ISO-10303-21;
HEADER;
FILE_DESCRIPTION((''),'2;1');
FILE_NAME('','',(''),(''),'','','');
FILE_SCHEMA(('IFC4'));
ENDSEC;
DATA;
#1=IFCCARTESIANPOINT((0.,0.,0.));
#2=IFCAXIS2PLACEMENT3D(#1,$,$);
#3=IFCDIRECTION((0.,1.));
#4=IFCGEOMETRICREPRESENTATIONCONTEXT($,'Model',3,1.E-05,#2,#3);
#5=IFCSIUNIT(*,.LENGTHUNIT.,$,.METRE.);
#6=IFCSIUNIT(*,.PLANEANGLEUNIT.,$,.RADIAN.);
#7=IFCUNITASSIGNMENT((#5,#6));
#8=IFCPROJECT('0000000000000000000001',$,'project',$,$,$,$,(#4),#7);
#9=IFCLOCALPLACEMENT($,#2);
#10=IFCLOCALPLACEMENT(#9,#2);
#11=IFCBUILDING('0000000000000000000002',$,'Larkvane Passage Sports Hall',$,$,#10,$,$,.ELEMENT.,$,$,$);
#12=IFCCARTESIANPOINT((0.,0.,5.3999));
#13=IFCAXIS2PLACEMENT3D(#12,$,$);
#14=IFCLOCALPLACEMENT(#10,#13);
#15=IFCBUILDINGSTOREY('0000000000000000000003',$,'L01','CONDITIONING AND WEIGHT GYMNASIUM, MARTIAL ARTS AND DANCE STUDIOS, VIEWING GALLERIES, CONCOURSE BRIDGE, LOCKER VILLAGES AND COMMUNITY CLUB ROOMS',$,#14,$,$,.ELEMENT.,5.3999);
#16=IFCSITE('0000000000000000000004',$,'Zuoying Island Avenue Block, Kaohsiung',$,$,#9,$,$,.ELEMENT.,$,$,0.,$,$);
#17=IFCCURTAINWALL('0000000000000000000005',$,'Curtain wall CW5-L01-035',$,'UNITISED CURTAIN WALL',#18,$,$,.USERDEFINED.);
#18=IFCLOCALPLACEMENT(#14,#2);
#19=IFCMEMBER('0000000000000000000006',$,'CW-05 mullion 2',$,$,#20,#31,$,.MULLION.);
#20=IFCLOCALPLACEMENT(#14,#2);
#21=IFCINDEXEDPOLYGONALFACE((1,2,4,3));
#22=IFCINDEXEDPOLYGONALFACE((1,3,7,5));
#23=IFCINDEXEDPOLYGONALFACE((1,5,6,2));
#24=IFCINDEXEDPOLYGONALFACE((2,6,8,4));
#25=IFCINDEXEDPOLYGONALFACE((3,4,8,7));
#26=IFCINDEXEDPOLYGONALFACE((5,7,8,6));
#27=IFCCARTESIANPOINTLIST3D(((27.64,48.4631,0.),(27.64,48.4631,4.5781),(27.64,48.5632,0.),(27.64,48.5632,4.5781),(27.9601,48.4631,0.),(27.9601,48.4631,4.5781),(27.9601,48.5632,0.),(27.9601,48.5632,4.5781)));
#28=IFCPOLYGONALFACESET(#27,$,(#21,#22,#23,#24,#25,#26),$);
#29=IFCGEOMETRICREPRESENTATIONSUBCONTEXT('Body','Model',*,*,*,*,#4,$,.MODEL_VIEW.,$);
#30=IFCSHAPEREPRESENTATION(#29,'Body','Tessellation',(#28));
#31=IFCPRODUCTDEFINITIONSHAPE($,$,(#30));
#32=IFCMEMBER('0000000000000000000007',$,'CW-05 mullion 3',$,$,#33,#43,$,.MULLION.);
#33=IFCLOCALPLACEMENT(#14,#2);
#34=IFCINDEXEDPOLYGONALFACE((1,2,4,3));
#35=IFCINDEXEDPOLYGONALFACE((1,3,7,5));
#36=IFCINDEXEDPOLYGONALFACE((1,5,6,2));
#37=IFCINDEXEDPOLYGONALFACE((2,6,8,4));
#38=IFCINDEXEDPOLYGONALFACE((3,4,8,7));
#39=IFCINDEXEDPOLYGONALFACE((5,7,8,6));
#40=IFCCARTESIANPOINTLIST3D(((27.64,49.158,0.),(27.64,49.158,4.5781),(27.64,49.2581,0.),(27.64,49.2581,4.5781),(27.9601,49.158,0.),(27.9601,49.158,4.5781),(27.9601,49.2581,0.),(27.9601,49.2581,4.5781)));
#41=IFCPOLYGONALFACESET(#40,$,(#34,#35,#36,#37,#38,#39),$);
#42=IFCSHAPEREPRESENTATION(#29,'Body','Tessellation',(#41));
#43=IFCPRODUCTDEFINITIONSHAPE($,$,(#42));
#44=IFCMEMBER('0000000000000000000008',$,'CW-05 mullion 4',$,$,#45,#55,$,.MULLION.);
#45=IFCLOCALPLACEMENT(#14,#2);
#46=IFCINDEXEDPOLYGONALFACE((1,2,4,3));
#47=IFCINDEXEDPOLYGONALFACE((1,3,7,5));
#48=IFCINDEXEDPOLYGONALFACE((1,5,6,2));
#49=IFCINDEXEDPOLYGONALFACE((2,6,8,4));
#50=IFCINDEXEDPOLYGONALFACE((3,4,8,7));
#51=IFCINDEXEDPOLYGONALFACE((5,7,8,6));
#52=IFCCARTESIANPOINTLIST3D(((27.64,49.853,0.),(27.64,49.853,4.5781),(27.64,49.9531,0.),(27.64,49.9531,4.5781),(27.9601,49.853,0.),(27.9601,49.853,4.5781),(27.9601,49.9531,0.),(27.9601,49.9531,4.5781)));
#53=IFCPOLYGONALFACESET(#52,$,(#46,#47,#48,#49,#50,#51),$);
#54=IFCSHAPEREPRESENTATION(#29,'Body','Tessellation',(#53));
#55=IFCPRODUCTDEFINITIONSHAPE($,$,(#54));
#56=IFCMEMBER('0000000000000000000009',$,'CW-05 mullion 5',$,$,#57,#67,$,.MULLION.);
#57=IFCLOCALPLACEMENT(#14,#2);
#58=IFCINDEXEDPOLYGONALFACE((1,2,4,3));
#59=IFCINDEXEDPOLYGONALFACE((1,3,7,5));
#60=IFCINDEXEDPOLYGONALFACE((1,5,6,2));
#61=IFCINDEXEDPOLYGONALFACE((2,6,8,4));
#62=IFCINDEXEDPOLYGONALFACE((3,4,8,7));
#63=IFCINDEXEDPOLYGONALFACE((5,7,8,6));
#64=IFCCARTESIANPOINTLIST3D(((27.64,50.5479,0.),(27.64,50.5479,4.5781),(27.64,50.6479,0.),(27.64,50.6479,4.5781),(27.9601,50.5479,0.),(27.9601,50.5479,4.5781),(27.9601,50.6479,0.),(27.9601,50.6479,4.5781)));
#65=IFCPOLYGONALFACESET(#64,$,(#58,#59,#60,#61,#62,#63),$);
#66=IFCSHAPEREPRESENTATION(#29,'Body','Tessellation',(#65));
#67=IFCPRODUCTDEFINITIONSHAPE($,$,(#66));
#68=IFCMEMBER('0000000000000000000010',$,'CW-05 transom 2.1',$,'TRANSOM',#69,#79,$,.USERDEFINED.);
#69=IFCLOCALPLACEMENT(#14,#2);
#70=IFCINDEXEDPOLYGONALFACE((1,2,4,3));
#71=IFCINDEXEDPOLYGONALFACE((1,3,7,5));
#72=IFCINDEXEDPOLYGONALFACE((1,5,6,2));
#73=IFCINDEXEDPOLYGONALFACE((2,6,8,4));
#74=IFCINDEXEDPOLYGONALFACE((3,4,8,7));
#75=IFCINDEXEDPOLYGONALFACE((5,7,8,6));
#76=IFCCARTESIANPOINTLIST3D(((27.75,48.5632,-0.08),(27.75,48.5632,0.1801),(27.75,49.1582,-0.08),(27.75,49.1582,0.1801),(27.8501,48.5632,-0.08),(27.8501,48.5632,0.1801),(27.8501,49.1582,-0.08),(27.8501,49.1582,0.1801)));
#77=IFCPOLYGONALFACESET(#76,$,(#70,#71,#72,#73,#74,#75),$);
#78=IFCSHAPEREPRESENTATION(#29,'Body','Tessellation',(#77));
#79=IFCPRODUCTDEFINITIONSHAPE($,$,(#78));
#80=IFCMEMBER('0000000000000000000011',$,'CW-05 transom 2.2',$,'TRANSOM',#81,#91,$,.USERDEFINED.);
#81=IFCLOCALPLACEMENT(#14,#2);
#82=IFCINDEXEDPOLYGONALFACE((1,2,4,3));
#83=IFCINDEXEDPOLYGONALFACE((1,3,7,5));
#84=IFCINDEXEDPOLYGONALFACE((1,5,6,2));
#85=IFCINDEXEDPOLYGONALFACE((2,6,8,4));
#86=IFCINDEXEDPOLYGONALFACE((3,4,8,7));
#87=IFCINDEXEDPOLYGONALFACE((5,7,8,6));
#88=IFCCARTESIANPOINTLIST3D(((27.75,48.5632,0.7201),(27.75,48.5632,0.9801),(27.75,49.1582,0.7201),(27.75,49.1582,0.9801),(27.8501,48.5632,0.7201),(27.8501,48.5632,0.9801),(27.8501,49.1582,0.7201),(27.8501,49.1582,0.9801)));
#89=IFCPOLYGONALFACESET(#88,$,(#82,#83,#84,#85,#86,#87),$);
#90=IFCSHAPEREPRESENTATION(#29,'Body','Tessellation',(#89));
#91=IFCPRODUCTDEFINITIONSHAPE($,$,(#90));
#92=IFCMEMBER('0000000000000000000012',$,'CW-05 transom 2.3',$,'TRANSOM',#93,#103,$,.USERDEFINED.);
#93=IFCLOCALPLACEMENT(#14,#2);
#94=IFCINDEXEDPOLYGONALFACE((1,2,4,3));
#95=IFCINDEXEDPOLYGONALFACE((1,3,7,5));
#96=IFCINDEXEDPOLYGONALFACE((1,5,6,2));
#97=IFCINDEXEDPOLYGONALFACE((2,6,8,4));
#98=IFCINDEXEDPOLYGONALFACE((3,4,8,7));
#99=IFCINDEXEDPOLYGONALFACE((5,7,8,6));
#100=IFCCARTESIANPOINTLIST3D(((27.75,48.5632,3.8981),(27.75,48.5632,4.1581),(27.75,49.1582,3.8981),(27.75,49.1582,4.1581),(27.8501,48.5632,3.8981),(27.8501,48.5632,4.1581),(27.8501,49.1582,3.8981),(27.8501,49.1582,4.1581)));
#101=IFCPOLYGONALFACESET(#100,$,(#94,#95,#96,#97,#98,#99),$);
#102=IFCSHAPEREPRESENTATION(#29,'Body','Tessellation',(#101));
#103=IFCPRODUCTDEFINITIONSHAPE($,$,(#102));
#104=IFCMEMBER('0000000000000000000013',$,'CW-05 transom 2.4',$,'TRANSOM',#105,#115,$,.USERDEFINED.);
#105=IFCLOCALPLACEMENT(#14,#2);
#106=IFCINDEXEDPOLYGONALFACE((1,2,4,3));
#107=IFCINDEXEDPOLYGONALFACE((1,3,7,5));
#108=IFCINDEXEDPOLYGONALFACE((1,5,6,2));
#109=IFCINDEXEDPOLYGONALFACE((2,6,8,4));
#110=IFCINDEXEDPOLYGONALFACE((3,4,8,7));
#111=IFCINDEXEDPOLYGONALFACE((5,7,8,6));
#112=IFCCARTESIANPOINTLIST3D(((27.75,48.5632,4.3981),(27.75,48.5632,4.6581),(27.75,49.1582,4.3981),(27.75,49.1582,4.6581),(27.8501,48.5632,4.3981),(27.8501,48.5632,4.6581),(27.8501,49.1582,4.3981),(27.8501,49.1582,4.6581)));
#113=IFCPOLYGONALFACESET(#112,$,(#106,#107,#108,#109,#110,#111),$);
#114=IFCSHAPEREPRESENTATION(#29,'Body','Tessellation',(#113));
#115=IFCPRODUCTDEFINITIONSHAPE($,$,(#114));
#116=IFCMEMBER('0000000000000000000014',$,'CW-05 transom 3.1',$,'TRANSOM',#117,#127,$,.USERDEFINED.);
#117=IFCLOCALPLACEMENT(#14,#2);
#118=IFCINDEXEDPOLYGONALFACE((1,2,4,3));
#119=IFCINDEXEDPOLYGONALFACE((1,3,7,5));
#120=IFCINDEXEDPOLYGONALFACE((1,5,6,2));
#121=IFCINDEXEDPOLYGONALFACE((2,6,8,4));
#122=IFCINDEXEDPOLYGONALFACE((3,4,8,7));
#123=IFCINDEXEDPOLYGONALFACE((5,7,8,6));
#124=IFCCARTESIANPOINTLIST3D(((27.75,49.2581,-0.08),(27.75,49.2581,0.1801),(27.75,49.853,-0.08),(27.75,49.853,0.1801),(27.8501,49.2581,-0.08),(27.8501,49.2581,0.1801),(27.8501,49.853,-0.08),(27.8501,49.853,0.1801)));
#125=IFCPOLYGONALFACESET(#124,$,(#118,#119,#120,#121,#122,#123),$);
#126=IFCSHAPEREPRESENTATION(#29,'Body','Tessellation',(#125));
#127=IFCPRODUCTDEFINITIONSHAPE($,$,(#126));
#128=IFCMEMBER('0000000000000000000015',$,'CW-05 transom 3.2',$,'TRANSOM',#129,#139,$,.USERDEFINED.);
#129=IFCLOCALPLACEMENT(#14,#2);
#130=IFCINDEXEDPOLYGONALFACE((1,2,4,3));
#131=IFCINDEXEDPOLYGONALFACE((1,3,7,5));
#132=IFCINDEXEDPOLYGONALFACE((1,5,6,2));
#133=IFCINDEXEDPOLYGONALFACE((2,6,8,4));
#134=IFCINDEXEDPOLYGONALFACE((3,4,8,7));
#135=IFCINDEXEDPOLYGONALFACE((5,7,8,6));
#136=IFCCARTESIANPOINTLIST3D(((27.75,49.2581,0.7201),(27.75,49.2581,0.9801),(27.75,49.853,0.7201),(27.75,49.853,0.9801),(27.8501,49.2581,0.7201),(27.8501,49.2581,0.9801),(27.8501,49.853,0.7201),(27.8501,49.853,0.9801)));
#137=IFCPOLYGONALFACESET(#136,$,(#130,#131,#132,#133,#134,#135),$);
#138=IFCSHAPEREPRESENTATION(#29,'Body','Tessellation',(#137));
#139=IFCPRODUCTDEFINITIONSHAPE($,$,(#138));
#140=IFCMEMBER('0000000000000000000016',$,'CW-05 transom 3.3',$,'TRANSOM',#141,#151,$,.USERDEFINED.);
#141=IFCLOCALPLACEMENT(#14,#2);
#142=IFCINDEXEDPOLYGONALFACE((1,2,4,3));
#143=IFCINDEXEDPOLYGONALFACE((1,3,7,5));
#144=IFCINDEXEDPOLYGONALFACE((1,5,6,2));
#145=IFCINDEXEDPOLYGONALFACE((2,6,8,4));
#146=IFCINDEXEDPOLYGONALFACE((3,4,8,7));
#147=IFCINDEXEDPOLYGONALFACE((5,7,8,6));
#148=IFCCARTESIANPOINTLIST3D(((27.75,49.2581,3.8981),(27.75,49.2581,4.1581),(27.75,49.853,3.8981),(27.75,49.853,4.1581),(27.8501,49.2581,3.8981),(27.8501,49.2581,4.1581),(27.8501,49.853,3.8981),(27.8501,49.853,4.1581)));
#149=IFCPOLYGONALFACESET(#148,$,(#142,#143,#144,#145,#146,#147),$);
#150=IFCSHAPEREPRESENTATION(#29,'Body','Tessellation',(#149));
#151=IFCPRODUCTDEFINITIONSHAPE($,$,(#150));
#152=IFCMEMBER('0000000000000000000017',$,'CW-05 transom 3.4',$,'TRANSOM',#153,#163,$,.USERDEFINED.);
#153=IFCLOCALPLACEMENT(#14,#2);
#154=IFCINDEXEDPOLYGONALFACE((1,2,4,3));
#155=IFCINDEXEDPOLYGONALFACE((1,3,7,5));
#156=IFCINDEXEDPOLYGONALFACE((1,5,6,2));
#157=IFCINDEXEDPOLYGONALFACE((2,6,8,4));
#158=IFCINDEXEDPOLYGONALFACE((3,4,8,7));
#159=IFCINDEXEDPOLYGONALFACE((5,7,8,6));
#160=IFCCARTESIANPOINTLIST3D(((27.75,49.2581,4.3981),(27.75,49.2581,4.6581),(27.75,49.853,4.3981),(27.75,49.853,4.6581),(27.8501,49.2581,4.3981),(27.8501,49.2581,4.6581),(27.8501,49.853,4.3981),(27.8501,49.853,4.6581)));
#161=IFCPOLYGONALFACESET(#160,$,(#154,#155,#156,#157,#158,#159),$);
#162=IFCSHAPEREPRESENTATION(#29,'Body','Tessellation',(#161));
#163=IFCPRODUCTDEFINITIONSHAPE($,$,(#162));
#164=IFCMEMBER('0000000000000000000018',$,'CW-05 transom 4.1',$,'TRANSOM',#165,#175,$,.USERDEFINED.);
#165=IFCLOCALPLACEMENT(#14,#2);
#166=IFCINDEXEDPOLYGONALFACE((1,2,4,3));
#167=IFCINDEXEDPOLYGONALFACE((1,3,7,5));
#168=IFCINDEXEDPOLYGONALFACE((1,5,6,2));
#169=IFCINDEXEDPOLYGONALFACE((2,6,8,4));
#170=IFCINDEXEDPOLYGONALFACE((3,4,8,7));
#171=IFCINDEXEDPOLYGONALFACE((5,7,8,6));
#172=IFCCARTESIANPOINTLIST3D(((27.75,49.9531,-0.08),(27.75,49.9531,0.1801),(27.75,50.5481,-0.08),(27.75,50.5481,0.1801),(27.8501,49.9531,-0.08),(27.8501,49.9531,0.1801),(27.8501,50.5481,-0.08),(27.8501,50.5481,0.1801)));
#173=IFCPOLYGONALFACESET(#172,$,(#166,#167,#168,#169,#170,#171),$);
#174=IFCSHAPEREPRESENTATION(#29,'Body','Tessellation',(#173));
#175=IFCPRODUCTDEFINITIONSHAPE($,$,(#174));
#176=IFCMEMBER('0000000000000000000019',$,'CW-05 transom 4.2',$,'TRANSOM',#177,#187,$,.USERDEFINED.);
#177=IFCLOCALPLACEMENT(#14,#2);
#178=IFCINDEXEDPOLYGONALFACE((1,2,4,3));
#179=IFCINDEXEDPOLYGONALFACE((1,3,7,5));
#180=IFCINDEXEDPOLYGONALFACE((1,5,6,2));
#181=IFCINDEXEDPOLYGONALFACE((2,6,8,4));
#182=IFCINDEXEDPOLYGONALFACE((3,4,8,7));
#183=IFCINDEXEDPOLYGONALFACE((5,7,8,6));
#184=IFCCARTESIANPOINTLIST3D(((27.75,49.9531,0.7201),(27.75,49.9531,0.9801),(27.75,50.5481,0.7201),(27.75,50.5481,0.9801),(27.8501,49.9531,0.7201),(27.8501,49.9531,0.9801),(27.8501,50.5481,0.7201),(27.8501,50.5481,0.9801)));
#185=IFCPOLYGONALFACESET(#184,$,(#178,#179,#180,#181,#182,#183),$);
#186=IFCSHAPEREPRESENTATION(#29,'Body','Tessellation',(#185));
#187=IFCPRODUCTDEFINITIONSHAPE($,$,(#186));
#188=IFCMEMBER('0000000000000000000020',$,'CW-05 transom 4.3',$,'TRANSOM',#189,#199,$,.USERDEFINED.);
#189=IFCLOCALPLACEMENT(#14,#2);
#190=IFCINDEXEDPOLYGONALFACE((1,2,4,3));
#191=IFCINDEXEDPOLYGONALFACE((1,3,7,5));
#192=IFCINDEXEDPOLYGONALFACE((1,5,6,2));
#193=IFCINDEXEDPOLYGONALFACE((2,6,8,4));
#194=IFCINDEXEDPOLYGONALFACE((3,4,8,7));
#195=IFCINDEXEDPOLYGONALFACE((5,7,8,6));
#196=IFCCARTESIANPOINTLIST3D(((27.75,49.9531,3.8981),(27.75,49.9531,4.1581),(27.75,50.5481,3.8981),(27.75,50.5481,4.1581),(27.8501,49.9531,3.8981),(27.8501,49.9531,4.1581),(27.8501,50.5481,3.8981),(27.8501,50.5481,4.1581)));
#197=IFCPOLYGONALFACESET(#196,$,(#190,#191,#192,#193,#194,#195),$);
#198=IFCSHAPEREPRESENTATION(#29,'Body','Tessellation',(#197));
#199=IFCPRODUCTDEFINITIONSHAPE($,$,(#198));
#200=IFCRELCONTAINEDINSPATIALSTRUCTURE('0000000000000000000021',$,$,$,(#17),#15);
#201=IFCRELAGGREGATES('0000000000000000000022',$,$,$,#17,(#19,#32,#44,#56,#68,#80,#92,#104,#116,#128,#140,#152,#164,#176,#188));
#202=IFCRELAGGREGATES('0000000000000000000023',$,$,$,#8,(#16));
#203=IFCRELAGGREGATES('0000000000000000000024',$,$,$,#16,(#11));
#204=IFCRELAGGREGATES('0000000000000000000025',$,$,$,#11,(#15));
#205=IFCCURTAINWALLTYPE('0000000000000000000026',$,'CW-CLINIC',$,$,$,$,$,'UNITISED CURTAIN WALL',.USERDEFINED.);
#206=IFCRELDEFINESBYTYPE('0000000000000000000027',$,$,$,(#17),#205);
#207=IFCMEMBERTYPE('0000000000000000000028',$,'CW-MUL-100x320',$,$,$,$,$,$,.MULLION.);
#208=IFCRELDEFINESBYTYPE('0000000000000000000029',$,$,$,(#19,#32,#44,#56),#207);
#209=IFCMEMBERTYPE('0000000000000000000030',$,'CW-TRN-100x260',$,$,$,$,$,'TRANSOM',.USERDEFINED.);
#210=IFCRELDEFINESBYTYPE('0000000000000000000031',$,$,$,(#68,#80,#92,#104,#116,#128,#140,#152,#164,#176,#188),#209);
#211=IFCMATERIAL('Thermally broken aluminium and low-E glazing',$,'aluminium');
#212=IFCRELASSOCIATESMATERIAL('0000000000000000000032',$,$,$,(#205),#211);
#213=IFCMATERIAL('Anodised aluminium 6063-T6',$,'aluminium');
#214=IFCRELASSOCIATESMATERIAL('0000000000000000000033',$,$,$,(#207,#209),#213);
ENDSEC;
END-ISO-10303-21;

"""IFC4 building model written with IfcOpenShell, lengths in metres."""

from ifc_helpers import new_model, si_unit, direction, frame, origin, origin_2d, place, context, subcontext, project, spatial, rectangle, extrude, material, material_profile, profile_set, type_object, element, aggregate, save


model = new_model("IFC4")

# Units and contexts
model_context = context("Model", 3, precision=1e-05, world=origin(), true_north=direction((0.0, 1.0)))
body_context = subcontext(model_context, "Body", "Model", "MODEL_VIEW")
ifc_project = project(units=[si_unit("LENGTHUNIT", "METRE"), si_unit("PLANEANGLEUNIT", "RADIAN")], contexts=[model_context])

# Site, building, storey
site_placement = place(None, origin())
site = spatial("IfcSite", under=ifc_project, at=site_placement, Name="Zuoying Island Avenue Block, Kaohsiung", CompositionType="ELEMENT", RefElevation=0.0)
building_placement = place(site_placement, origin())
building = spatial("IfcBuilding", under=site, at=building_placement, Name="Larkvane Passage Sports Hall", CompositionType="ELEMENT")
storey_placement = place(building_placement, frame((0.0, 0.0, 5.3999)))
storey = spatial("IfcBuildingStorey", under=building, at=storey_placement, Name="L01", Description="CONDITIONING AND WEIGHT GYMNASIUM, MARTIAL ARTS AND DANCE STUDIOS, VIEWING GALLERIES, CONCOURSE BRIDGE, LOCKER VILLAGES AND COMMUNITY CLUB ROOMS", CompositionType="ELEMENT", Elevation=5.3999)

# Curtain wall, members
ifc_material_1 = material(Name="Thermally broken aluminium and low-E glazing", Category="aluminium")
curtain_wall_type = type_object("IfcCurtainWallType", Name="CW-CLINIC", ElementType="UNITISED CURTAIN WALL", PredefinedType="USERDEFINED", material=ifc_material_1)
curtain_wall_placement = place(storey_placement, origin())
curtain_wall = element("IfcCurtainWall", 1, at=curtain_wall_placement, inside=storey, type_object=curtain_wall_type, Name="Curtain wall CW5-L01-035", ObjectType="UNITISED CURTAIN WALL", PredefinedType="USERDEFINED")
ifc_material_2 = material(Name="Anodised aluminium 6063-T6", Category="aluminium")
ifc_material_profile_1 = material_profile(ifc_material_2, rectangle(XDim=0.1001, YDim=0.3201, at=origin_2d()), Name="ALU-MUL-100x320")
ifc_profile_set_1 = profile_set([ifc_material_profile_1], Name="Anodised aluminium 6063-T6")
member_type_1 = type_object("IfcMemberType", Name="CW-MUL-100x320", PredefinedType="MULLION", material=ifc_profile_set_1)
member_1_placement = place(storey_placement, frame((27.8, 48.5132, 0.0), z_axis=(0.0, 0.0, 1.0), x_axis=(0.0, 1.0, 0.0)))
member_1 = element("IfcMember", 2, at=member_1_placement, type_object=member_type_1, Name="CW-05 mullion 2", PredefinedType="MULLION", context=body_context, shape_type="SweptSolid", body=[
    extrude(rectangle(XDim=0.1001, YDim=0.3201, at=origin_2d()), origin(), (0.0, 0.0, 1.0), 4.5781),
])
member_2_placement = place(storey_placement, frame((27.8, 49.208, 0.0), z_axis=(0.0, 0.0, 1.0), x_axis=(0.0, 1.0, 0.0)))
member_2 = element("IfcMember", 3, at=member_2_placement, type_object=member_type_1, Name="CW-05 mullion 3", PredefinedType="MULLION", context=body_context, shape_type="SweptSolid", body=[
    extrude(rectangle(XDim=0.1001, YDim=0.3201, at=origin_2d()), origin(), (0.0, 0.0, 1.0), 4.5781),
])
member_3_placement = place(storey_placement, frame((27.8, 49.9031, 0.0), z_axis=(0.0, 0.0, 1.0), x_axis=(0.0, 1.0, 0.0)))
member_3 = element("IfcMember", 4, at=member_3_placement, type_object=member_type_1, Name="CW-05 mullion 4", PredefinedType="MULLION", context=body_context, shape_type="SweptSolid", body=[
    extrude(rectangle(XDim=0.1001, YDim=0.3201, at=origin_2d()), origin(), (0.0, 0.0, 1.0), 4.5781),
])
member_4_placement = place(storey_placement, frame((27.8, 50.5979, 0.0), z_axis=(0.0, 0.0, 1.0), x_axis=(0.0, 1.0, 0.0)))
member_4 = element("IfcMember", 5, at=member_4_placement, type_object=member_type_1, Name="CW-05 mullion 5", PredefinedType="MULLION", context=body_context, shape_type="SweptSolid", body=[
    extrude(rectangle(XDim=0.1001, YDim=0.3201, at=origin_2d()), origin(), (0.0, 0.0, 1.0), 4.5781),
])
ifc_material_profile_2 = material_profile(ifc_material_2, rectangle(XDim=0.1001, YDim=0.26, at=origin_2d()), Name="ALU-TRN-100x260")
ifc_profile_set_2 = profile_set([ifc_material_profile_2], Name="Anodised aluminium 6063-T6")
member_type_2 = type_object("IfcMemberType", Name="CW-TRN-100x260", ElementType="TRANSOM", PredefinedType="USERDEFINED", material=ifc_profile_set_2)
member_5_placement = place(storey_placement, frame((27.8, 48.5632, 0.05), z_axis=(0.0, 1.0, 0.0), x_axis=(-1.0, 0.0, 0.0)))
member_5 = element("IfcMember", 6, at=member_5_placement, type_object=member_type_2, Name="CW-05 transom 2.1", ObjectType="TRANSOM", PredefinedType="USERDEFINED", context=body_context, shape_type="SweptSolid", body=[
    extrude(rectangle(XDim=0.1001, YDim=0.26, at=origin_2d()), origin(), (0.0, 0.0, 1.0), 0.595),
])
member_6_placement = place(storey_placement, frame((27.8, 48.5632, 0.8501), z_axis=(0.0, 1.0, 0.0), x_axis=(-1.0, 0.0, 0.0)))
member_6 = element("IfcMember", 7, at=member_6_placement, type_object=member_type_2, Name="CW-05 transom 2.2", ObjectType="TRANSOM", PredefinedType="USERDEFINED", context=body_context, shape_type="SweptSolid", body=[
    extrude(rectangle(XDim=0.1001, YDim=0.26, at=origin_2d()), origin(), (0.0, 0.0, 1.0), 0.595),
])
member_7_placement = place(storey_placement, frame((27.8, 48.5632, 4.0281), z_axis=(0.0, 1.0, 0.0), x_axis=(-1.0, 0.0, 0.0)))
member_7 = element("IfcMember", 8, at=member_7_placement, type_object=member_type_2, Name="CW-05 transom 2.3", ObjectType="TRANSOM", PredefinedType="USERDEFINED", context=body_context, shape_type="SweptSolid", body=[
    extrude(rectangle(XDim=0.1001, YDim=0.26, at=origin_2d()), origin(), (0.0, 0.0, 1.0), 0.595),
])
member_8_placement = place(storey_placement, frame((27.8, 48.5632, 4.5281), z_axis=(0.0, 1.0, 0.0), x_axis=(-1.0, 0.0, 0.0)))
member_8 = element("IfcMember", 9, at=member_8_placement, type_object=member_type_2, Name="CW-05 transom 2.4", ObjectType="TRANSOM", PredefinedType="USERDEFINED", context=body_context, shape_type="SweptSolid", body=[
    extrude(rectangle(XDim=0.1001, YDim=0.26, at=origin_2d()), origin(), (0.0, 0.0, 1.0), 0.595),
])
member_9_placement = place(storey_placement, frame((27.8, 49.2581, 0.05), z_axis=(0.0, 1.0, 0.0), x_axis=(-1.0, 0.0, 0.0)))
member_9 = element("IfcMember", 10, at=member_9_placement, type_object=member_type_2, Name="CW-05 transom 3.1", ObjectType="TRANSOM", PredefinedType="USERDEFINED", context=body_context, shape_type="SweptSolid", body=[
    extrude(rectangle(XDim=0.1001, YDim=0.26, at=origin_2d()), origin(), (0.0, 0.0, 1.0), 0.595),
])
member_10_placement = place(storey_placement, frame((27.8, 49.2581, 0.8501), z_axis=(0.0, 1.0, 0.0), x_axis=(-1.0, 0.0, 0.0)))
member_10 = element("IfcMember", 11, at=member_10_placement, type_object=member_type_2, Name="CW-05 transom 3.2", ObjectType="TRANSOM", PredefinedType="USERDEFINED", context=body_context, shape_type="SweptSolid", body=[
    extrude(rectangle(XDim=0.1001, YDim=0.26, at=origin_2d()), origin(), (0.0, 0.0, 1.0), 0.595),
])
member_11_placement = place(storey_placement, frame((27.8, 49.2581, 4.0281), z_axis=(0.0, 1.0, 0.0), x_axis=(-1.0, 0.0, 0.0)))
member_11 = element("IfcMember", 12, at=member_11_placement, type_object=member_type_2, Name="CW-05 transom 3.3", ObjectType="TRANSOM", PredefinedType="USERDEFINED", context=body_context, shape_type="SweptSolid", body=[
    extrude(rectangle(XDim=0.1001, YDim=0.26, at=origin_2d()), origin(), (0.0, 0.0, 1.0), 0.595),
])
member_12_placement = place(storey_placement, frame((27.8, 49.2581, 4.5281), z_axis=(0.0, 1.0, 0.0), x_axis=(-1.0, 0.0, 0.0)))
member_12 = element("IfcMember", 13, at=member_12_placement, type_object=member_type_2, Name="CW-05 transom 3.4", ObjectType="TRANSOM", PredefinedType="USERDEFINED", context=body_context, shape_type="SweptSolid", body=[
    extrude(rectangle(XDim=0.1001, YDim=0.26, at=origin_2d()), origin(), (0.0, 0.0, 1.0), 0.595),
])
member_13_placement = place(storey_placement, frame((27.8, 49.9531, 0.05), z_axis=(0.0, 1.0, 0.0), x_axis=(-1.0, 0.0, 0.0)))
member_13 = element("IfcMember", 14, at=member_13_placement, type_object=member_type_2, Name="CW-05 transom 4.1", ObjectType="TRANSOM", PredefinedType="USERDEFINED", context=body_context, shape_type="SweptSolid", body=[
    extrude(rectangle(XDim=0.1001, YDim=0.26, at=origin_2d()), origin(), (0.0, 0.0, 1.0), 0.595),
])
member_14_placement = place(storey_placement, frame((27.8, 49.9531, 0.8501), z_axis=(0.0, 1.0, 0.0), x_axis=(-1.0, 0.0, 0.0)))
member_14 = element("IfcMember", 15, at=member_14_placement, type_object=member_type_2, Name="CW-05 transom 4.2", ObjectType="TRANSOM", PredefinedType="USERDEFINED", context=body_context, shape_type="SweptSolid", body=[
    extrude(rectangle(XDim=0.1001, YDim=0.26, at=origin_2d()), origin(), (0.0, 0.0, 1.0), 0.595),
])
member_15_placement = place(storey_placement, frame((27.8, 49.9531, 4.0281), z_axis=(0.0, 1.0, 0.0), x_axis=(-1.0, 0.0, 0.0)))
member_15 = element("IfcMember", 16, at=member_15_placement, type_object=member_type_2, Name="CW-05 transom 4.3", ObjectType="TRANSOM", PredefinedType="USERDEFINED", context=body_context, shape_type="SweptSolid", body=[
    extrude(rectangle(XDim=0.1001, YDim=0.26, at=origin_2d()), origin(), (0.0, 0.0, 1.0), 0.595),
])
aggregate(curtain_wall, [member_1, member_2, member_3, member_4, member_5, member_6, member_7, member_8, member_9, member_10, member_11, member_12, member_13, member_14, member_15])

save(model, "model.ifc")
